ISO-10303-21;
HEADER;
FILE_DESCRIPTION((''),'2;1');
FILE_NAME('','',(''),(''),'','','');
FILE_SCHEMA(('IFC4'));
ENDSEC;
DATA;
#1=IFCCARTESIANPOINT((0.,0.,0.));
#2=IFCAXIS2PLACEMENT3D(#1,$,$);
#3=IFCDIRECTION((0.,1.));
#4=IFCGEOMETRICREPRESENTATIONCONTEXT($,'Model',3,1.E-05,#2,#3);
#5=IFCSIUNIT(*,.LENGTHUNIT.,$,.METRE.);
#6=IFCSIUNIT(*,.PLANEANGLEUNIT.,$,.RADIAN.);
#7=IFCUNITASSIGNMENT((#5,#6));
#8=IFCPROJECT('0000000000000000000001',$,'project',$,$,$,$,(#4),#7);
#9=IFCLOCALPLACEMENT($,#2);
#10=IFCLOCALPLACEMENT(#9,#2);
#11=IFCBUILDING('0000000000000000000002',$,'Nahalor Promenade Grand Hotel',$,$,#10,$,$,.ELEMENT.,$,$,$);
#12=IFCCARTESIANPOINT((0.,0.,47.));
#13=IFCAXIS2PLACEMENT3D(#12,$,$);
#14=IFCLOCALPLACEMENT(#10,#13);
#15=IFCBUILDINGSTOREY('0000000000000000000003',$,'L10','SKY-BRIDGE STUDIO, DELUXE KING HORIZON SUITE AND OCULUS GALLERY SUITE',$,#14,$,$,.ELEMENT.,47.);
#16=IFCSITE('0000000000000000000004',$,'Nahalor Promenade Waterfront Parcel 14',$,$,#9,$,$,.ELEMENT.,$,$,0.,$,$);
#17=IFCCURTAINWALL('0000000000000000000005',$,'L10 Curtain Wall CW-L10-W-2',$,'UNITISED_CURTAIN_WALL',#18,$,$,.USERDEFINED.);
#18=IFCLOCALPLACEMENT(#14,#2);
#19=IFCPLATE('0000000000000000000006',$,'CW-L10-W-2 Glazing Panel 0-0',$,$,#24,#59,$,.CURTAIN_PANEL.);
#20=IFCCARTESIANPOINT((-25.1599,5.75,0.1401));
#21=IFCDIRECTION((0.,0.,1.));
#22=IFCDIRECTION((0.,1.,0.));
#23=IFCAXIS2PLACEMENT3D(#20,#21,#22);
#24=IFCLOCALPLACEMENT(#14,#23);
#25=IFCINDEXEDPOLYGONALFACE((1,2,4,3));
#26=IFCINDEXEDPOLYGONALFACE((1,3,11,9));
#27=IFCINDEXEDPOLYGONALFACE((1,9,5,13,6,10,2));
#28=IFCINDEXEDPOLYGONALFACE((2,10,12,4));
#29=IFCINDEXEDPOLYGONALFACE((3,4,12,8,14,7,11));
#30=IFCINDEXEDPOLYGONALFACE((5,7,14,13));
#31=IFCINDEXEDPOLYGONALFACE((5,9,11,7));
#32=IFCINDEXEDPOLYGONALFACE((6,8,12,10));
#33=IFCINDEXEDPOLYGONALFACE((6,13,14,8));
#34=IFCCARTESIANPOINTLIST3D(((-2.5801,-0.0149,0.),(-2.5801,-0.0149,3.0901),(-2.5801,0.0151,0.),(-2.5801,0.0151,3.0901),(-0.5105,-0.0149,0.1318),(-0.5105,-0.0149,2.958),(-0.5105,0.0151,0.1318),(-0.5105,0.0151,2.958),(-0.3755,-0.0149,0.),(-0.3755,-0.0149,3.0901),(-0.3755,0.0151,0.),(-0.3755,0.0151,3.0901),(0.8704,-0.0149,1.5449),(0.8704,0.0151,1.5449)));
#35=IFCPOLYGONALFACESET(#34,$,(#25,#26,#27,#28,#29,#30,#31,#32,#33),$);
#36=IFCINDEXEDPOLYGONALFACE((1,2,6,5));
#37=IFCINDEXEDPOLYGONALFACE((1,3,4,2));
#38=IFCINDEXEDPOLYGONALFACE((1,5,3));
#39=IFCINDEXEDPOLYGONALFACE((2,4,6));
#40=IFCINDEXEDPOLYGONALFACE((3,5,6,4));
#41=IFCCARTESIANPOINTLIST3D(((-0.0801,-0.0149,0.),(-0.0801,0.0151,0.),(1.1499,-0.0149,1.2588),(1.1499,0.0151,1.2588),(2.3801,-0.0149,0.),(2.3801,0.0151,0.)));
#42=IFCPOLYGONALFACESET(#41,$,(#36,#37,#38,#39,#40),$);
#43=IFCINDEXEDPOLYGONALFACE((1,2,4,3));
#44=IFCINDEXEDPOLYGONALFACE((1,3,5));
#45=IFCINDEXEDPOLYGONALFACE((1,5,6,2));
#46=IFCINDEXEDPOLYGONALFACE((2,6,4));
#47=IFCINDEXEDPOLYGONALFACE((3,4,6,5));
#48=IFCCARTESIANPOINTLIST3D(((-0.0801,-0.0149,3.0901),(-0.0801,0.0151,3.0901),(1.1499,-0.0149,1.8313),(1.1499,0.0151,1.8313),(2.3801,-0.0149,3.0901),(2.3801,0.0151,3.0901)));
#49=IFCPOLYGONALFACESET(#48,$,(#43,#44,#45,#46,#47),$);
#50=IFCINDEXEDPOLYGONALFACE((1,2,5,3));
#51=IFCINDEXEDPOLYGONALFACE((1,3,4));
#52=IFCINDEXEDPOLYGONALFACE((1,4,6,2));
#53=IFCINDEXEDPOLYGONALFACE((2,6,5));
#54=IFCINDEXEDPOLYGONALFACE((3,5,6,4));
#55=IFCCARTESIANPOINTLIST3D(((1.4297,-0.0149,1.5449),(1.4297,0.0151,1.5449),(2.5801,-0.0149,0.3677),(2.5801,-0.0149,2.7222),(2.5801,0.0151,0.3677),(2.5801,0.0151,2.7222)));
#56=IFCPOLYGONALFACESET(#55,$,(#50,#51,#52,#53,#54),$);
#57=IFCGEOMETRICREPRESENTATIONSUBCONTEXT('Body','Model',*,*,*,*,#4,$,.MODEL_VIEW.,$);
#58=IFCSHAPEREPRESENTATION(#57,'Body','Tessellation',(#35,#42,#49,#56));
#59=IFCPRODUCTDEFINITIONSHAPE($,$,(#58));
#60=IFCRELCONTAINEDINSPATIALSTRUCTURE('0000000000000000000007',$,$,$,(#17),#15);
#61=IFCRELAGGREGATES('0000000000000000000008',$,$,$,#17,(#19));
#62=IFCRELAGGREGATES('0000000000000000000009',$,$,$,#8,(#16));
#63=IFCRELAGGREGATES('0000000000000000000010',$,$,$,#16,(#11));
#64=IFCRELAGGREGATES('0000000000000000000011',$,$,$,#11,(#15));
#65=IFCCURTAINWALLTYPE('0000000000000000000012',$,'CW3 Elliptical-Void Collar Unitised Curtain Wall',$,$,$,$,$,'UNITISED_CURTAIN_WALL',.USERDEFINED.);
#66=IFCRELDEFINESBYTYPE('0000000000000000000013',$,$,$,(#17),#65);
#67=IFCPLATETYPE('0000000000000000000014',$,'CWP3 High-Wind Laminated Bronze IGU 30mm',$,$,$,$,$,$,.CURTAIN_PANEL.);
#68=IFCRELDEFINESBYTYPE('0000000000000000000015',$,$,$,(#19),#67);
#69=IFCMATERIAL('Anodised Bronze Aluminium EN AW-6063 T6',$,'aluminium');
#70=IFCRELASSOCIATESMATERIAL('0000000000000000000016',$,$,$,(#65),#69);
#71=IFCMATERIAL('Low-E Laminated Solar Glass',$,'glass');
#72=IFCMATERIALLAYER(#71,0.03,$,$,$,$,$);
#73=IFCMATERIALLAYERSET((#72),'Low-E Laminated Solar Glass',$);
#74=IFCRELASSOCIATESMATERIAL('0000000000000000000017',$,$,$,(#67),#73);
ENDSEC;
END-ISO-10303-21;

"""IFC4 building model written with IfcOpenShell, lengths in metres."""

from ifc_helpers import new_model, si_unit, direction, frame, origin, place, context, subcontext, project, spatial, polyline, outline, extrude, material, layer, layer_set, type_object, element, aggregate, save


model = new_model("IFC4")

# Units and contexts
model_context = context("Model", 3, precision=1e-05, world=origin(), true_north=direction((0.0, 1.0)))
body_context = subcontext(model_context, "Body", "Model", "MODEL_VIEW")
ifc_project = project(units=[si_unit("LENGTHUNIT", "METRE"), si_unit("PLANEANGLEUNIT", "RADIAN")], contexts=[model_context])

# Site, building, storey
site_placement = place(None, origin())
site = spatial("IfcSite", under=ifc_project, at=site_placement, Name="Nahalor Promenade Waterfront Parcel 14", CompositionType="ELEMENT", RefElevation=0.0)
building_placement = place(site_placement, origin())
building = spatial("IfcBuilding", under=site, at=building_placement, Name="Nahalor Promenade Grand Hotel", CompositionType="ELEMENT")
storey_placement = place(building_placement, frame((0.0, 0.0, 47.0)))
storey = spatial("IfcBuildingStorey", under=building, at=storey_placement, Name="L10", Description="SKY-BRIDGE STUDIO, DELUXE KING HORIZON SUITE AND OCULUS GALLERY SUITE", CompositionType="ELEMENT", Elevation=47.0)

# Curtain wall
ifc_material_1 = material(Name="Anodised Bronze Aluminium EN AW-6063 T6", Category="aluminium")
curtain_wall_type = type_object("IfcCurtainWallType", Name="CW3 Elliptical-Void Collar Unitised Curtain Wall", ElementType="UNITISED_CURTAIN_WALL", PredefinedType="USERDEFINED", material=ifc_material_1)
curtain_wall_1_placement = place(storey_placement, origin())
curtain_wall_1 = element("IfcCurtainWall", 1, at=curtain_wall_1_placement, inside=storey, type_object=curtain_wall_type, Name="L10 Curtain Wall CW-L10-W-2", ObjectType="UNITISED_CURTAIN_WALL", PredefinedType="USERDEFINED")

# Plate
ifc_material_2 = material(Name="Low-E Laminated Solar Glass", Category="glass")
ifc_layer_1 = layer(ifc_material_2, 0.03)
ifc_layer_set_1 = layer_set([ifc_layer_1], Name="Low-E Laminated Solar Glass")
plate_type_1 = type_object("IfcPlateType", Name="CWP3 High-Wind Laminated Bronze IGU 30mm", PredefinedType="CURTAIN_PANEL", material=ifc_layer_set_1)
plate_1_placement = place(storey_placement, frame((-25.1599, 5.75, 0.1401), z_axis=(0.0, 0.0, 1.0), x_axis=(0.0, 1.0, 0.0)))
plate_1 = element("IfcPlate", 2, at=plate_1_placement, type_object=plate_type_1, Name="CW-L10-W-2 Glazing Panel 0-0", PredefinedType="CURTAIN_PANEL", context=body_context, shape_type="SweptSolid", body=[
    extrude(outline(polyline([(-2.5801, 3.0901), (-2.5801, 0.0), (-0.3755, 0.0), (-0.5105, 0.1318), (0.8704, 1.5449), (-0.5105, 2.958), (-0.3755, 3.0901), (-2.5801, 3.0901)])), frame((0.0, 0.0151, 0.0), z_axis=(0.0, -1.0, 0.0), x_axis=(1.0, 0.0, 0.0)), (0.0, 0.0, 1.0), 0.03),
    extrude(outline(polyline([(1.1499, 1.2588), (-0.0801, 0.0), (2.3801, 0.0), (1.1499, 1.2588)])), frame((0.0, 0.0151, 0.0), z_axis=(0.0, -1.0, 0.0), x_axis=(1.0, 0.0, 0.0)), (0.0, 0.0, 1.0), 0.03),
    extrude(outline(polyline([(1.1499, 1.8313), (2.3801, 3.0901), (-0.0801, 3.0901), (1.1499, 1.8313)])), frame((0.0, 0.0151, 0.0), z_axis=(0.0, -1.0, 0.0), x_axis=(1.0, 0.0, 0.0)), (0.0, 0.0, 1.0), 0.03),
    extrude(outline(polyline([(1.4297, 1.5449), (2.5801, 0.3677), (2.5801, 2.7222), (1.4297, 1.5449)])), frame((0.0, 0.0151, 0.0), z_axis=(0.0, -1.0, 0.0), x_axis=(1.0, 0.0, 0.0)), (0.0, 0.0, 1.0), 0.03),
])
aggregate(curtain_wall_1, [plate_1])

save(model, "model.ifc")
